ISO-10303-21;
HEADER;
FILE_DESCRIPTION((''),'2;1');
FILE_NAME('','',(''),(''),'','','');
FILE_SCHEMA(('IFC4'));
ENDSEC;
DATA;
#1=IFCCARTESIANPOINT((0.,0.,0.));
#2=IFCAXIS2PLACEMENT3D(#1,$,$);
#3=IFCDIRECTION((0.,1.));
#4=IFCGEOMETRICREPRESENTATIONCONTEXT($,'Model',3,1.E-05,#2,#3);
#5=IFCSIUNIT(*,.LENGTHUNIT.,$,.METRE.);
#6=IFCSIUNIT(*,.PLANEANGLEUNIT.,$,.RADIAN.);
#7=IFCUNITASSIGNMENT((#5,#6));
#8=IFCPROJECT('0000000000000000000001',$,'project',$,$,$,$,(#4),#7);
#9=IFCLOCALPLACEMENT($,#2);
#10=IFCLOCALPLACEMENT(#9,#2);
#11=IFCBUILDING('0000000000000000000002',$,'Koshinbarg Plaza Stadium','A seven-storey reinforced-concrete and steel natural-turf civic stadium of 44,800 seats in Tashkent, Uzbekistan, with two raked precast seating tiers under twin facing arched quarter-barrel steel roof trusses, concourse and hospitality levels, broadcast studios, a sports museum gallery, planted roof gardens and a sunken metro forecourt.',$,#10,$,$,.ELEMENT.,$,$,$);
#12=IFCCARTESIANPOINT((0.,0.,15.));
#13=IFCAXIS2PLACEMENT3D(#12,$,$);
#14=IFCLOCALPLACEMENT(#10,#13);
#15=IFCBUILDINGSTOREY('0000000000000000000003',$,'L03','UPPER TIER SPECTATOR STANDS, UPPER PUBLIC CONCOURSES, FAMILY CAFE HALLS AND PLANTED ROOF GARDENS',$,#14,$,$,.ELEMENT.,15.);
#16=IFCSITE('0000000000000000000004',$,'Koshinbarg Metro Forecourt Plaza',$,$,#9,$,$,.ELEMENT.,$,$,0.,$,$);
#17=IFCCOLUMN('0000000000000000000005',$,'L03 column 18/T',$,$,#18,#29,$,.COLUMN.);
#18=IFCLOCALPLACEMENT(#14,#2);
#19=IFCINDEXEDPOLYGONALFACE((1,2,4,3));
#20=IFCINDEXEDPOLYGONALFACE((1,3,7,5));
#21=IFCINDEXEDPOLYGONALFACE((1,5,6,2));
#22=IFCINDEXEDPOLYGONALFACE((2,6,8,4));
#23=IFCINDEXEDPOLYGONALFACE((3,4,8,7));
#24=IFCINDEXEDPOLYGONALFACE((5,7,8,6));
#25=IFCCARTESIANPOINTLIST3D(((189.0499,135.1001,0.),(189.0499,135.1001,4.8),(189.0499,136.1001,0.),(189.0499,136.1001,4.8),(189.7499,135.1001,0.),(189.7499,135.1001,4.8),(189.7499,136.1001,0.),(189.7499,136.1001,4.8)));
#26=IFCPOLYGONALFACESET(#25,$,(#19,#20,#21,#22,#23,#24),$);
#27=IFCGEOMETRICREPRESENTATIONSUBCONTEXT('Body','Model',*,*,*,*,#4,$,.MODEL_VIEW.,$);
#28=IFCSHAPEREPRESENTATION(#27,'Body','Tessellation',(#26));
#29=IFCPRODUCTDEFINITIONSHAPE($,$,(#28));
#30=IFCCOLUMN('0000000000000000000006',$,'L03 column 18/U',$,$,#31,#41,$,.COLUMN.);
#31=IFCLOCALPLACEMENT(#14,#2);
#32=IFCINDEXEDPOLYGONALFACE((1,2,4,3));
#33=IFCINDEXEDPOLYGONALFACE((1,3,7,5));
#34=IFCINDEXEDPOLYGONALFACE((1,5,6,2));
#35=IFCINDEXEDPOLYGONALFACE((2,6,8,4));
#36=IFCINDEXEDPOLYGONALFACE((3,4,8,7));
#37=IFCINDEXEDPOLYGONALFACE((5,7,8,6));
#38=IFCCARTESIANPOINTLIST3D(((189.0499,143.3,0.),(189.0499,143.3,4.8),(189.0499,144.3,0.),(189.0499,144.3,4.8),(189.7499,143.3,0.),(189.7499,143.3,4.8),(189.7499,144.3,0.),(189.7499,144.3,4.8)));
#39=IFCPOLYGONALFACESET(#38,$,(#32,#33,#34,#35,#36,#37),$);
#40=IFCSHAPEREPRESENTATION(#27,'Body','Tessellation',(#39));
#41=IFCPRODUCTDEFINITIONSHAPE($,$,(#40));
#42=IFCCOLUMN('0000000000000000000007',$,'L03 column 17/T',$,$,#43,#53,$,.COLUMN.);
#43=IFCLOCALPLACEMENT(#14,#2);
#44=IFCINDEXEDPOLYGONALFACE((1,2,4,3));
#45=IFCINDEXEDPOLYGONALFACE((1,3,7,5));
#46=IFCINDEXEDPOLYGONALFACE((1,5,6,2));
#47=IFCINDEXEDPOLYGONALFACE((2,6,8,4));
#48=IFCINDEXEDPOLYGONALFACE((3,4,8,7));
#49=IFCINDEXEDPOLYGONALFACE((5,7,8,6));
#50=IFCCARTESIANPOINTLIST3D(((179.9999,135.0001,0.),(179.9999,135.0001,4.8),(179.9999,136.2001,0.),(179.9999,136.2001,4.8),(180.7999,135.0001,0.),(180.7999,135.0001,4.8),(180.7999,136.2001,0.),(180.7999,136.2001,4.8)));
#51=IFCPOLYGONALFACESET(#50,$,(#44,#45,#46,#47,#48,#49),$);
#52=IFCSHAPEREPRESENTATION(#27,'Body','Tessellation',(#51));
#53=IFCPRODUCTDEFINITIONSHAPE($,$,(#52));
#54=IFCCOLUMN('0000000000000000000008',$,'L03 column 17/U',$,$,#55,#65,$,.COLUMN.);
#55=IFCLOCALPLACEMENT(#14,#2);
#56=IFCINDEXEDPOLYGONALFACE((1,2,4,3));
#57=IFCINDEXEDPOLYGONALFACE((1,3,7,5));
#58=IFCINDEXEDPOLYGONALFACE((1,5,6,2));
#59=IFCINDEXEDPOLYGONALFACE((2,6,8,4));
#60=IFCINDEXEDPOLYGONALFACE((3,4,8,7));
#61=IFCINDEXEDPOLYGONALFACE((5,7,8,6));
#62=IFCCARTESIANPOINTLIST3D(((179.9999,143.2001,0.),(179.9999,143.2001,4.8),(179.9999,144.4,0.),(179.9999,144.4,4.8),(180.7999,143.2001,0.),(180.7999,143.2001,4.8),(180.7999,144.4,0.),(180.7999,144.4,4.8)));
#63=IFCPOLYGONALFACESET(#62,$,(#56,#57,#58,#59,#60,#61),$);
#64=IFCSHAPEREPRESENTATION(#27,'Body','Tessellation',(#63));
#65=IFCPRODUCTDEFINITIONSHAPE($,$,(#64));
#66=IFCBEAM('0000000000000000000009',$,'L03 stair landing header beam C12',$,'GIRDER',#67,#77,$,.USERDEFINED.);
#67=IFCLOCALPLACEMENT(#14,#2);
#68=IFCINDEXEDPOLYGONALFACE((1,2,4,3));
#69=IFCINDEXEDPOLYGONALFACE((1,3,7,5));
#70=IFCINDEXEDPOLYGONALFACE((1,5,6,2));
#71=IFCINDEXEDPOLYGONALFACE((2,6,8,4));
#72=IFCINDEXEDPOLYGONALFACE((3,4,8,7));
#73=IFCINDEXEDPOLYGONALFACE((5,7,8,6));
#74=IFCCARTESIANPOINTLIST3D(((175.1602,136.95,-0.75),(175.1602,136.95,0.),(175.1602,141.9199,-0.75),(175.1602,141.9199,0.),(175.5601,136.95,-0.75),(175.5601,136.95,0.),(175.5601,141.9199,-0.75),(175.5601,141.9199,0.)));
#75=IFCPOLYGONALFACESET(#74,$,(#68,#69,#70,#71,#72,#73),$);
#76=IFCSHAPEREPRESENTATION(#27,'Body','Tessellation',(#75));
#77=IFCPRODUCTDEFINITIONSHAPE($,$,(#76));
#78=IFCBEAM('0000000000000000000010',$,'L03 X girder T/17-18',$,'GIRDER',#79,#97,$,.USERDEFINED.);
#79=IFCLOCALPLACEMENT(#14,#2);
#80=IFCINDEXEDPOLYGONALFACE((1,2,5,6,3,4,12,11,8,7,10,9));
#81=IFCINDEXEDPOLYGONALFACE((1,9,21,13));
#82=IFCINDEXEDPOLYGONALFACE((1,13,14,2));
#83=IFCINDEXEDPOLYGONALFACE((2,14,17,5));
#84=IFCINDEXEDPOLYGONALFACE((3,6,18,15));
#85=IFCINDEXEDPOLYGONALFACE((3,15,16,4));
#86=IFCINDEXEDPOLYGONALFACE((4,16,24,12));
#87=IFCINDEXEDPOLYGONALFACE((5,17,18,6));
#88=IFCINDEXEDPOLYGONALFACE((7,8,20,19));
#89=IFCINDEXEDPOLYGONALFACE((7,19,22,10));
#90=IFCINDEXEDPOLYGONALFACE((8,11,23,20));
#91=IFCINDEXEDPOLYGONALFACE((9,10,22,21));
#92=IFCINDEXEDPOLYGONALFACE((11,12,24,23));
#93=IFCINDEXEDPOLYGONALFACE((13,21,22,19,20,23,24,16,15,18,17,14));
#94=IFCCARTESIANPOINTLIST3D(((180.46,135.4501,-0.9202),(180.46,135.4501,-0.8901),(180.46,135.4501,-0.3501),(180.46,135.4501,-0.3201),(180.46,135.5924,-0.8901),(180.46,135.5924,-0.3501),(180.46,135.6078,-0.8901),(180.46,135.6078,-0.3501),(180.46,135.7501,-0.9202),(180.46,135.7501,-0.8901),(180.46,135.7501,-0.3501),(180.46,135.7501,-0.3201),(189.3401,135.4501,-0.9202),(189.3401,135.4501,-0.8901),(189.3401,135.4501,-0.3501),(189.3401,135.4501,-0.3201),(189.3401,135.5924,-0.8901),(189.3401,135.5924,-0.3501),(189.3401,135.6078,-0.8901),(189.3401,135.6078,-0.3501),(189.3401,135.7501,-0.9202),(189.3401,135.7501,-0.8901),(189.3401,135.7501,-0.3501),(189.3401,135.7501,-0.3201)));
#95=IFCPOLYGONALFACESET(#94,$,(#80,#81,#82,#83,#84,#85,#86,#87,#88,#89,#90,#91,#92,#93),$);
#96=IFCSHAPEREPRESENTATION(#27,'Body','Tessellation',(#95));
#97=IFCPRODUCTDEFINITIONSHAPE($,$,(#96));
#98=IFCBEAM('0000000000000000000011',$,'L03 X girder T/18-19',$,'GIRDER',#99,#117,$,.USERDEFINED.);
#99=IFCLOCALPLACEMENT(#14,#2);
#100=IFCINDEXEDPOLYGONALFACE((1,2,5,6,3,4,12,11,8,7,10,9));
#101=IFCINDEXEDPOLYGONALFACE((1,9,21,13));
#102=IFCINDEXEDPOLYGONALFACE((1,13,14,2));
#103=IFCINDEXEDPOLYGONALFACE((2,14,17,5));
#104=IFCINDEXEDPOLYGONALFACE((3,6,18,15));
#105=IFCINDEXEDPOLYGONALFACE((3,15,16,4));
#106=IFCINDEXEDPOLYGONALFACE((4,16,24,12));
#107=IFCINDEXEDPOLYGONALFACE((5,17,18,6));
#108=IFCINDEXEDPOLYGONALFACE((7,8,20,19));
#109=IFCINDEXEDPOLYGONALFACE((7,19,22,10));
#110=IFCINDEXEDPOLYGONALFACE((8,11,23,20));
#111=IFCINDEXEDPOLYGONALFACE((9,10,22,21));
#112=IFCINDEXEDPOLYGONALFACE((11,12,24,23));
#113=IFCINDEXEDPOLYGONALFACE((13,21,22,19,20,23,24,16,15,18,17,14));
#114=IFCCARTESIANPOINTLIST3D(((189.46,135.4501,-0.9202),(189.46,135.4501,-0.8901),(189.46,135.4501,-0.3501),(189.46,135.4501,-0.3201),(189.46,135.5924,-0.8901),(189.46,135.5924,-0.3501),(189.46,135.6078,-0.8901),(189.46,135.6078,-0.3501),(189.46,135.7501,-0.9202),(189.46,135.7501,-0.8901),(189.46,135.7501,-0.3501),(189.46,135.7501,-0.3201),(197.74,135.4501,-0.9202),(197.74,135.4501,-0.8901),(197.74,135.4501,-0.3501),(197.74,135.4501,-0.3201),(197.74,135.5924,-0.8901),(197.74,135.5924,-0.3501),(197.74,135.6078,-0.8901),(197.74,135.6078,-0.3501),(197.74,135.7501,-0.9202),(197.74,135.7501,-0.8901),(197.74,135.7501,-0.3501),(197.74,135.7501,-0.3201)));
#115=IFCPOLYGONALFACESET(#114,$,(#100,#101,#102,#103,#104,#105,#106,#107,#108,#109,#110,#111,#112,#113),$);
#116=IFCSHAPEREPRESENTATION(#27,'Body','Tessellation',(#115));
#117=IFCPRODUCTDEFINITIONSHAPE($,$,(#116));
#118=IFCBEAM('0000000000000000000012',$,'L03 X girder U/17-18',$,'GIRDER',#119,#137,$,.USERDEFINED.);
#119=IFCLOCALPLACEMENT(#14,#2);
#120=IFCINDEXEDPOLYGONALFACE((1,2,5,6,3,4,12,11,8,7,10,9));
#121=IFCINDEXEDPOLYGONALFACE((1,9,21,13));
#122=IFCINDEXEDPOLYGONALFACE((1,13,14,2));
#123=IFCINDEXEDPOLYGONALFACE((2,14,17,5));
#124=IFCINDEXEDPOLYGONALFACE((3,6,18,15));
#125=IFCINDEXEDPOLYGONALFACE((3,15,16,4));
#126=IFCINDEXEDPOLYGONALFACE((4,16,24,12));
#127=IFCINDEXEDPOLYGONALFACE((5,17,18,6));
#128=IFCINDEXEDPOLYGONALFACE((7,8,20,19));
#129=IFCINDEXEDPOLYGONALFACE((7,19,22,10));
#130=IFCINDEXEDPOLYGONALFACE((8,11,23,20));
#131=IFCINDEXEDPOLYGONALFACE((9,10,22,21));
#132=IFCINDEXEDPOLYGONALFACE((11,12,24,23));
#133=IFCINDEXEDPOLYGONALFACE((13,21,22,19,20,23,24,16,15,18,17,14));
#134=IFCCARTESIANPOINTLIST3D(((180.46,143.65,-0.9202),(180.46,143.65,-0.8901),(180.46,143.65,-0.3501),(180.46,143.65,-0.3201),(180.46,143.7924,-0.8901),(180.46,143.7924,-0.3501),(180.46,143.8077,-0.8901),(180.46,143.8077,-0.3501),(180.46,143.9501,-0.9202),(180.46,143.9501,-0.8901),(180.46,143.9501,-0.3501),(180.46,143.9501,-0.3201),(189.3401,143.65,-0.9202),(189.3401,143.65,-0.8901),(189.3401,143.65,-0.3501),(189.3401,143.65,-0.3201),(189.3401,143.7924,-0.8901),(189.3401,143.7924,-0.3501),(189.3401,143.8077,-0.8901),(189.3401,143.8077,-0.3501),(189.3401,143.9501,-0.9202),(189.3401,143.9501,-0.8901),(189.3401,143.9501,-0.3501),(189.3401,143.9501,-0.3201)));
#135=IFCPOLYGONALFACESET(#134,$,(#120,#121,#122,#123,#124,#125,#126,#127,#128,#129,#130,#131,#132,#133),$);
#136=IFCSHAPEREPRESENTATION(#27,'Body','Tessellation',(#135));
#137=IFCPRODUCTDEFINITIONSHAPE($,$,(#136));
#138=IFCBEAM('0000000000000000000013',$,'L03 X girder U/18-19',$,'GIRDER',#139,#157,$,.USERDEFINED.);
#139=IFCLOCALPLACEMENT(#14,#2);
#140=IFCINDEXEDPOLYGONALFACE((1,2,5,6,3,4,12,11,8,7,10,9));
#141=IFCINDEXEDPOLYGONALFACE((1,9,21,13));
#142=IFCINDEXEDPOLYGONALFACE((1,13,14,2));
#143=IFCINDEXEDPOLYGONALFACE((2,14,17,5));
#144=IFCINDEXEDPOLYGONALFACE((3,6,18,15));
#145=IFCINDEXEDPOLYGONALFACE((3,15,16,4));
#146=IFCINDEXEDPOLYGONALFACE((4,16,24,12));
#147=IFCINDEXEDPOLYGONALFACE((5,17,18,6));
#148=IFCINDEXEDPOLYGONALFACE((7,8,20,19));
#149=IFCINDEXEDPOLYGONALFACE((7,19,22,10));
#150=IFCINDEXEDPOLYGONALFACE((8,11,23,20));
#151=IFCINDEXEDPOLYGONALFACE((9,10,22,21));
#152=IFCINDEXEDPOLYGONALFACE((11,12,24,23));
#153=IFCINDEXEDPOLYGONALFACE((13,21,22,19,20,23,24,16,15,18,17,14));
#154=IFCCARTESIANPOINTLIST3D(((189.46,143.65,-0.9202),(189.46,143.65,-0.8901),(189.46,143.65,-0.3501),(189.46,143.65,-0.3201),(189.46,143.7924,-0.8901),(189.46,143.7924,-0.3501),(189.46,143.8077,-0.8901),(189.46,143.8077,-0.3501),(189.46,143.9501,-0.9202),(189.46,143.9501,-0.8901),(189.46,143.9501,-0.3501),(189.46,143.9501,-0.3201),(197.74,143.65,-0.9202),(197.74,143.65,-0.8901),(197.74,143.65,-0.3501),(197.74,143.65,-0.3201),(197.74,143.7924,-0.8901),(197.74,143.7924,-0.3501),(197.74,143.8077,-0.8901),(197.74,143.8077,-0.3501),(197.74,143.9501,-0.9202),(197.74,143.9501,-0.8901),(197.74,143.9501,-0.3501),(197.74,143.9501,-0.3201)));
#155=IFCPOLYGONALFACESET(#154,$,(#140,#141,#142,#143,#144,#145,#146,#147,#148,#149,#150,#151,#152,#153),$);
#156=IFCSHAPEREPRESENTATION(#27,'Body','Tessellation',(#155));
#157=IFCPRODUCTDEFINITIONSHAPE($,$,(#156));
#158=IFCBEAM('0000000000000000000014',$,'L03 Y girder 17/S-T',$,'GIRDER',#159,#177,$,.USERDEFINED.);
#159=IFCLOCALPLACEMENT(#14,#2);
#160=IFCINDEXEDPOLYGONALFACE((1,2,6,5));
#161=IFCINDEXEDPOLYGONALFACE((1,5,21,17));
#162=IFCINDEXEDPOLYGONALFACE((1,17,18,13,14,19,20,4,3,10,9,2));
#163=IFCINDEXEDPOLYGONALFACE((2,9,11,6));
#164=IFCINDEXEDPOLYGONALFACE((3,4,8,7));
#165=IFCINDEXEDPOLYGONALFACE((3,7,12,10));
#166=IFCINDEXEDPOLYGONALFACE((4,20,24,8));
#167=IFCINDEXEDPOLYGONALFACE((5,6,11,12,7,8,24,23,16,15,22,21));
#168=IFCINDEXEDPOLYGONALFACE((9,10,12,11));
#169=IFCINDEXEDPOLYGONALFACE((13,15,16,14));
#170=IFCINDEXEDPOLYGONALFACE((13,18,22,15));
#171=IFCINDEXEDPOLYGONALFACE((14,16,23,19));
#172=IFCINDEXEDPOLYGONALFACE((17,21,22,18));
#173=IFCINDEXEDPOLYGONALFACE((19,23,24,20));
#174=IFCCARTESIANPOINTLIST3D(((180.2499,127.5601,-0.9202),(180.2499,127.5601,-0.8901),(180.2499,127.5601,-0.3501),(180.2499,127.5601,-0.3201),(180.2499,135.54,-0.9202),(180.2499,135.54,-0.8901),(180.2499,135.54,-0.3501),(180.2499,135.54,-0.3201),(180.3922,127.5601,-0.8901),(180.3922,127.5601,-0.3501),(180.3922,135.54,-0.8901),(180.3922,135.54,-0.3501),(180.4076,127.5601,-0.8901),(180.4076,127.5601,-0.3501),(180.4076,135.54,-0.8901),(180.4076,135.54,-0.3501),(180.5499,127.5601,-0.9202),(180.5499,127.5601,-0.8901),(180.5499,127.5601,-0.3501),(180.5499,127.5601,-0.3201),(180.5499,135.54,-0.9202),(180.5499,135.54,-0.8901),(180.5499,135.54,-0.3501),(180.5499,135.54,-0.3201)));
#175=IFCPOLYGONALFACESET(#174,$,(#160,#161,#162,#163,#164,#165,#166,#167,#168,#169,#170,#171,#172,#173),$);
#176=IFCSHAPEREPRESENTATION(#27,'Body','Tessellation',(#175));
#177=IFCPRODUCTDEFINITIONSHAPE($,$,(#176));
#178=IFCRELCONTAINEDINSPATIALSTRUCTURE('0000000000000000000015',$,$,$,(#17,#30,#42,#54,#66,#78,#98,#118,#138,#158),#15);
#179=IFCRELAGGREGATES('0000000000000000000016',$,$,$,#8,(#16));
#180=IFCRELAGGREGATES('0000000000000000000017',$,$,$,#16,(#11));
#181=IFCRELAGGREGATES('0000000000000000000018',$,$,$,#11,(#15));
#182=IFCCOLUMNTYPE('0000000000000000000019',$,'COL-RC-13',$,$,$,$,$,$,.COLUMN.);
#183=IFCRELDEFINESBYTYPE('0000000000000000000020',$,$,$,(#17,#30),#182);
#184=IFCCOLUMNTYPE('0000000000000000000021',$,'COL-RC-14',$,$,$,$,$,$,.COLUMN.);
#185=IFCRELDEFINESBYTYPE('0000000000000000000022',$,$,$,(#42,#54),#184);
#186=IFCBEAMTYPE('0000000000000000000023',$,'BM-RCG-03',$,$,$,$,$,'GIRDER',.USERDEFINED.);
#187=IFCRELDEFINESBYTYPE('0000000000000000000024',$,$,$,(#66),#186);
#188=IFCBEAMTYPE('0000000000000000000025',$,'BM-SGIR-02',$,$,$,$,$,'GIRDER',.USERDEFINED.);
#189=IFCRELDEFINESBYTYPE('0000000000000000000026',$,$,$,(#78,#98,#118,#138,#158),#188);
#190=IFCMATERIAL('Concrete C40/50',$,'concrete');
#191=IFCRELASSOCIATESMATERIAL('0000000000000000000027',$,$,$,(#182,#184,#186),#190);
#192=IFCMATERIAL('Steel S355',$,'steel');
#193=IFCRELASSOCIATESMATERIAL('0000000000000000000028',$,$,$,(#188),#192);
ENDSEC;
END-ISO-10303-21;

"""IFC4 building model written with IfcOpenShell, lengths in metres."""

from ifc_helpers import new_model, si_unit, direction, frame, origin, origin_2d, place, context, subcontext, project, spatial, rectangle, i_section, extrude, material, material_profile, profile_set, type_object, element, save


model = new_model("IFC4")

# Units and contexts
model_context = context("Model", 3, precision=1e-05, world=origin(), true_north=direction((0.0, 1.0)))
body_context = subcontext(model_context, "Body", "Model", "MODEL_VIEW")
ifc_project = project(units=[si_unit("LENGTHUNIT", "METRE"), si_unit("PLANEANGLEUNIT", "RADIAN")], contexts=[model_context])

# Site, building, storey
site_placement = place(None, origin())
site = spatial("IfcSite", under=ifc_project, at=site_placement, Name="Koshinbarg Metro Forecourt Plaza", CompositionType="ELEMENT", RefElevation=0.0)
building_placement = place(site_placement, origin())
building = spatial("IfcBuilding", under=site, at=building_placement, Name="Koshinbarg Plaza Stadium", Description="A seven-storey reinforced-concrete and steel natural-turf civic stadium of 44,800 seats in Tashkent, Uzbekistan, with two raked precast seating tiers under twin facing arched quarter-barrel steel roof trusses, concourse and hospitality levels, broadcast studios, a sports museum gallery, planted roof gardens and a sunken metro forecourt.", CompositionType="ELEMENT")
storey_placement = place(building_placement, frame((0.0, 0.0, 15.0)))
storey = spatial("IfcBuildingStorey", under=building, at=storey_placement, Name="L03", Description="UPPER TIER SPECTATOR STANDS, UPPER PUBLIC CONCOURSES, FAMILY CAFE HALLS AND PLANTED ROOF GARDENS", CompositionType="ELEMENT", Elevation=15.0)

# Columns
ifc_material_1 = material(Name="Concrete C40/50", Category="concrete")
ifc_material_profile_1 = material_profile(ifc_material_1, rectangle(XDim=0.7, YDim=1.0, at=origin_2d()), Name="RC 700x1000")
ifc_profile_set_1 = profile_set([ifc_material_profile_1], Name="Concrete C40/50")
column_type_1 = type_object("IfcColumnType", Name="COL-RC-13", PredefinedType="COLUMN", material=ifc_profile_set_1)
for number, where, z_axis, x_axis, name in (
    (1, (189.3999, 135.6001, 0.0), (0.0, 0.0, 1.0), (1.0, 0.0, 0.0), "L03 column 18/T"),
    (2, (189.3999, 143.8, 0.0), (0.0, 0.0, 1.0), (1.0, 0.0, 0.0), "L03 column 18/U"),
):
    element("IfcColumn", number, at=place(storey_placement, frame(where, z_axis=z_axis, x_axis=x_axis)), inside=storey, type_object=column_type_1, Name=name, PredefinedType="COLUMN", context=body_context, shape_type="SweptSolid", body=[
        extrude(rectangle(XDim=0.7, YDim=1.0, at=origin_2d()), origin(), (0.0, 0.0, 1.0), 4.8),
    ])
ifc_material_profile_2 = material_profile(ifc_material_1, rectangle(XDim=0.8, YDim=1.2, at=origin_2d()), Name="RC 800x1200")
ifc_profile_set_2 = profile_set([ifc_material_profile_2], Name="Concrete C40/50")
column_type_2 = type_object("IfcColumnType", Name="COL-RC-14", PredefinedType="COLUMN", material=ifc_profile_set_2)
for number, where, z_axis, x_axis, name in (
    (3, (180.3999, 135.6001, 0.0), (0.0, 0.0, 1.0), (1.0, 0.0, 0.0), "L03 column 17/T"),
    (4, (180.3999, 143.8, 0.0), (0.0, 0.0, 1.0), (1.0, 0.0, 0.0), "L03 column 17/U"),
):
    element("IfcColumn", number, at=place(storey_placement, frame(where, z_axis=z_axis, x_axis=x_axis)), inside=storey, type_object=column_type_2, Name=name, PredefinedType="COLUMN", context=body_context, shape_type="SweptSolid", body=[
        extrude(rectangle(XDim=0.8, YDim=1.2, at=origin_2d()), origin(), (0.0, 0.0, 1.0), 4.8),
    ])

# Beams
ifc_material_profile_3 = material_profile(ifc_material_1, rectangle(XDim=0.3999, YDim=0.75, at=origin_2d()), Name="RC 400x750")
ifc_profile_set_3 = profile_set([ifc_material_profile_3], Name="Concrete C40/50")
beam_type_1 = type_object("IfcBeamType", Name="BM-RCG-03", ElementType="GIRDER", PredefinedType="USERDEFINED", material=ifc_profile_set_3)
beam_1_placement = place(storey_placement, frame((175.3601, 136.95, -0.375), z_axis=(0.0, 1.0, 0.0), x_axis=(-1.0, 0.0, 0.0)))
element("IfcBeam", 5, at=beam_1_placement, inside=storey, type_object=beam_type_1, Name="L03 stair landing header beam C12", ObjectType="GIRDER", PredefinedType="USERDEFINED", context=body_context, shape_type="SweptSolid", body=[
    extrude(rectangle(XDim=0.3999, YDim=0.75, at=origin_2d()), origin(), (0.0, 0.0, 1.0), 4.97),
])
ifc_material_2 = material(Name="Steel S355", Category="steel")
ifc_material_profile_4 = material_profile(ifc_material_2, i_section(OverallWidth=0.3, OverallDepth=0.6001, WebThickness=0.0154, FlangeThickness=0.03, at=origin_2d()), Name="HEB 600")
ifc_profile_set_4 = profile_set([ifc_material_profile_4], Name="Steel S355")
beam_type_2 = type_object("IfcBeamType", Name="BM-SGIR-02", ElementType="GIRDER", PredefinedType="USERDEFINED", material=ifc_profile_set_4)
beam_2_placement = place(storey_placement, frame((180.46, 135.6001, -0.6201), z_axis=(1.0, 0.0, 0.0), x_axis=(0.0, 1.0, 0.0)))
element("IfcBeam", 6, at=beam_2_placement, inside=storey, type_object=beam_type_2, Name="L03 X girder T/17-18", ObjectType="GIRDER", PredefinedType="USERDEFINED", context=body_context, shape_type="SweptSolid", body=[
    extrude(i_section(OverallWidth=0.3, OverallDepth=0.6001, WebThickness=0.0154, FlangeThickness=0.03, at=origin_2d()), origin(), (0.0, 0.0, 1.0), 8.8801),
])
beam_3_placement = place(storey_placement, frame((189.46, 135.6001, -0.6201), z_axis=(1.0, 0.0, 0.0), x_axis=(0.0, 1.0, 0.0)))
element("IfcBeam", 7, at=beam_3_placement, inside=storey, type_object=beam_type_2, Name="L03 X girder T/18-19", ObjectType="GIRDER", PredefinedType="USERDEFINED", context=body_context, shape_type="SweptSolid", body=[
    extrude(i_section(OverallWidth=0.3, OverallDepth=0.6001, WebThickness=0.0154, FlangeThickness=0.03, at=origin_2d()), origin(), (0.0, 0.0, 1.0), 8.28),
])
beam_4_placement = place(storey_placement, frame((180.46, 143.8, -0.6201), z_axis=(1.0, 0.0, 0.0), x_axis=(0.0, 1.0, 0.0)))
element("IfcBeam", 8, at=beam_4_placement, inside=storey, type_object=beam_type_2, Name="L03 X girder U/17-18", ObjectType="GIRDER", PredefinedType="USERDEFINED", context=body_context, shape_type="SweptSolid", body=[
    extrude(i_section(OverallWidth=0.3, OverallDepth=0.6001, WebThickness=0.0154, FlangeThickness=0.03, at=origin_2d()), origin(), (0.0, 0.0, 1.0), 8.8801),
])
beam_5_placement = place(storey_placement, frame((189.46, 143.8, -0.6201), z_axis=(1.0, 0.0, 0.0), x_axis=(0.0, 1.0, 0.0)))
element("IfcBeam", 9, at=beam_5_placement, inside=storey, type_object=beam_type_2, Name="L03 X girder U/18-19", ObjectType="GIRDER", PredefinedType="USERDEFINED", context=body_context, shape_type="SweptSolid", body=[
    extrude(i_section(OverallWidth=0.3, OverallDepth=0.6001, WebThickness=0.0154, FlangeThickness=0.03, at=origin_2d()), origin(), (0.0, 0.0, 1.0), 8.28),
])
beam_6_placement = place(storey_placement, frame((180.3999, 127.5601, -0.6201), z_axis=(0.0, 1.0, 0.0), x_axis=(-1.0, 0.0, 0.0)))
element("IfcBeam", 10, at=beam_6_placement, inside=storey, type_object=beam_type_2, Name="L03 Y girder 17/S-T", ObjectType="GIRDER", PredefinedType="USERDEFINED", context=body_context, shape_type="SweptSolid", body=[
    extrude(i_section(OverallWidth=0.3, OverallDepth=0.6001, WebThickness=0.0154, FlangeThickness=0.03, at=origin_2d()), origin(), (0.0, 0.0, 1.0), 7.98),
])

save(model, "model.ifc")
